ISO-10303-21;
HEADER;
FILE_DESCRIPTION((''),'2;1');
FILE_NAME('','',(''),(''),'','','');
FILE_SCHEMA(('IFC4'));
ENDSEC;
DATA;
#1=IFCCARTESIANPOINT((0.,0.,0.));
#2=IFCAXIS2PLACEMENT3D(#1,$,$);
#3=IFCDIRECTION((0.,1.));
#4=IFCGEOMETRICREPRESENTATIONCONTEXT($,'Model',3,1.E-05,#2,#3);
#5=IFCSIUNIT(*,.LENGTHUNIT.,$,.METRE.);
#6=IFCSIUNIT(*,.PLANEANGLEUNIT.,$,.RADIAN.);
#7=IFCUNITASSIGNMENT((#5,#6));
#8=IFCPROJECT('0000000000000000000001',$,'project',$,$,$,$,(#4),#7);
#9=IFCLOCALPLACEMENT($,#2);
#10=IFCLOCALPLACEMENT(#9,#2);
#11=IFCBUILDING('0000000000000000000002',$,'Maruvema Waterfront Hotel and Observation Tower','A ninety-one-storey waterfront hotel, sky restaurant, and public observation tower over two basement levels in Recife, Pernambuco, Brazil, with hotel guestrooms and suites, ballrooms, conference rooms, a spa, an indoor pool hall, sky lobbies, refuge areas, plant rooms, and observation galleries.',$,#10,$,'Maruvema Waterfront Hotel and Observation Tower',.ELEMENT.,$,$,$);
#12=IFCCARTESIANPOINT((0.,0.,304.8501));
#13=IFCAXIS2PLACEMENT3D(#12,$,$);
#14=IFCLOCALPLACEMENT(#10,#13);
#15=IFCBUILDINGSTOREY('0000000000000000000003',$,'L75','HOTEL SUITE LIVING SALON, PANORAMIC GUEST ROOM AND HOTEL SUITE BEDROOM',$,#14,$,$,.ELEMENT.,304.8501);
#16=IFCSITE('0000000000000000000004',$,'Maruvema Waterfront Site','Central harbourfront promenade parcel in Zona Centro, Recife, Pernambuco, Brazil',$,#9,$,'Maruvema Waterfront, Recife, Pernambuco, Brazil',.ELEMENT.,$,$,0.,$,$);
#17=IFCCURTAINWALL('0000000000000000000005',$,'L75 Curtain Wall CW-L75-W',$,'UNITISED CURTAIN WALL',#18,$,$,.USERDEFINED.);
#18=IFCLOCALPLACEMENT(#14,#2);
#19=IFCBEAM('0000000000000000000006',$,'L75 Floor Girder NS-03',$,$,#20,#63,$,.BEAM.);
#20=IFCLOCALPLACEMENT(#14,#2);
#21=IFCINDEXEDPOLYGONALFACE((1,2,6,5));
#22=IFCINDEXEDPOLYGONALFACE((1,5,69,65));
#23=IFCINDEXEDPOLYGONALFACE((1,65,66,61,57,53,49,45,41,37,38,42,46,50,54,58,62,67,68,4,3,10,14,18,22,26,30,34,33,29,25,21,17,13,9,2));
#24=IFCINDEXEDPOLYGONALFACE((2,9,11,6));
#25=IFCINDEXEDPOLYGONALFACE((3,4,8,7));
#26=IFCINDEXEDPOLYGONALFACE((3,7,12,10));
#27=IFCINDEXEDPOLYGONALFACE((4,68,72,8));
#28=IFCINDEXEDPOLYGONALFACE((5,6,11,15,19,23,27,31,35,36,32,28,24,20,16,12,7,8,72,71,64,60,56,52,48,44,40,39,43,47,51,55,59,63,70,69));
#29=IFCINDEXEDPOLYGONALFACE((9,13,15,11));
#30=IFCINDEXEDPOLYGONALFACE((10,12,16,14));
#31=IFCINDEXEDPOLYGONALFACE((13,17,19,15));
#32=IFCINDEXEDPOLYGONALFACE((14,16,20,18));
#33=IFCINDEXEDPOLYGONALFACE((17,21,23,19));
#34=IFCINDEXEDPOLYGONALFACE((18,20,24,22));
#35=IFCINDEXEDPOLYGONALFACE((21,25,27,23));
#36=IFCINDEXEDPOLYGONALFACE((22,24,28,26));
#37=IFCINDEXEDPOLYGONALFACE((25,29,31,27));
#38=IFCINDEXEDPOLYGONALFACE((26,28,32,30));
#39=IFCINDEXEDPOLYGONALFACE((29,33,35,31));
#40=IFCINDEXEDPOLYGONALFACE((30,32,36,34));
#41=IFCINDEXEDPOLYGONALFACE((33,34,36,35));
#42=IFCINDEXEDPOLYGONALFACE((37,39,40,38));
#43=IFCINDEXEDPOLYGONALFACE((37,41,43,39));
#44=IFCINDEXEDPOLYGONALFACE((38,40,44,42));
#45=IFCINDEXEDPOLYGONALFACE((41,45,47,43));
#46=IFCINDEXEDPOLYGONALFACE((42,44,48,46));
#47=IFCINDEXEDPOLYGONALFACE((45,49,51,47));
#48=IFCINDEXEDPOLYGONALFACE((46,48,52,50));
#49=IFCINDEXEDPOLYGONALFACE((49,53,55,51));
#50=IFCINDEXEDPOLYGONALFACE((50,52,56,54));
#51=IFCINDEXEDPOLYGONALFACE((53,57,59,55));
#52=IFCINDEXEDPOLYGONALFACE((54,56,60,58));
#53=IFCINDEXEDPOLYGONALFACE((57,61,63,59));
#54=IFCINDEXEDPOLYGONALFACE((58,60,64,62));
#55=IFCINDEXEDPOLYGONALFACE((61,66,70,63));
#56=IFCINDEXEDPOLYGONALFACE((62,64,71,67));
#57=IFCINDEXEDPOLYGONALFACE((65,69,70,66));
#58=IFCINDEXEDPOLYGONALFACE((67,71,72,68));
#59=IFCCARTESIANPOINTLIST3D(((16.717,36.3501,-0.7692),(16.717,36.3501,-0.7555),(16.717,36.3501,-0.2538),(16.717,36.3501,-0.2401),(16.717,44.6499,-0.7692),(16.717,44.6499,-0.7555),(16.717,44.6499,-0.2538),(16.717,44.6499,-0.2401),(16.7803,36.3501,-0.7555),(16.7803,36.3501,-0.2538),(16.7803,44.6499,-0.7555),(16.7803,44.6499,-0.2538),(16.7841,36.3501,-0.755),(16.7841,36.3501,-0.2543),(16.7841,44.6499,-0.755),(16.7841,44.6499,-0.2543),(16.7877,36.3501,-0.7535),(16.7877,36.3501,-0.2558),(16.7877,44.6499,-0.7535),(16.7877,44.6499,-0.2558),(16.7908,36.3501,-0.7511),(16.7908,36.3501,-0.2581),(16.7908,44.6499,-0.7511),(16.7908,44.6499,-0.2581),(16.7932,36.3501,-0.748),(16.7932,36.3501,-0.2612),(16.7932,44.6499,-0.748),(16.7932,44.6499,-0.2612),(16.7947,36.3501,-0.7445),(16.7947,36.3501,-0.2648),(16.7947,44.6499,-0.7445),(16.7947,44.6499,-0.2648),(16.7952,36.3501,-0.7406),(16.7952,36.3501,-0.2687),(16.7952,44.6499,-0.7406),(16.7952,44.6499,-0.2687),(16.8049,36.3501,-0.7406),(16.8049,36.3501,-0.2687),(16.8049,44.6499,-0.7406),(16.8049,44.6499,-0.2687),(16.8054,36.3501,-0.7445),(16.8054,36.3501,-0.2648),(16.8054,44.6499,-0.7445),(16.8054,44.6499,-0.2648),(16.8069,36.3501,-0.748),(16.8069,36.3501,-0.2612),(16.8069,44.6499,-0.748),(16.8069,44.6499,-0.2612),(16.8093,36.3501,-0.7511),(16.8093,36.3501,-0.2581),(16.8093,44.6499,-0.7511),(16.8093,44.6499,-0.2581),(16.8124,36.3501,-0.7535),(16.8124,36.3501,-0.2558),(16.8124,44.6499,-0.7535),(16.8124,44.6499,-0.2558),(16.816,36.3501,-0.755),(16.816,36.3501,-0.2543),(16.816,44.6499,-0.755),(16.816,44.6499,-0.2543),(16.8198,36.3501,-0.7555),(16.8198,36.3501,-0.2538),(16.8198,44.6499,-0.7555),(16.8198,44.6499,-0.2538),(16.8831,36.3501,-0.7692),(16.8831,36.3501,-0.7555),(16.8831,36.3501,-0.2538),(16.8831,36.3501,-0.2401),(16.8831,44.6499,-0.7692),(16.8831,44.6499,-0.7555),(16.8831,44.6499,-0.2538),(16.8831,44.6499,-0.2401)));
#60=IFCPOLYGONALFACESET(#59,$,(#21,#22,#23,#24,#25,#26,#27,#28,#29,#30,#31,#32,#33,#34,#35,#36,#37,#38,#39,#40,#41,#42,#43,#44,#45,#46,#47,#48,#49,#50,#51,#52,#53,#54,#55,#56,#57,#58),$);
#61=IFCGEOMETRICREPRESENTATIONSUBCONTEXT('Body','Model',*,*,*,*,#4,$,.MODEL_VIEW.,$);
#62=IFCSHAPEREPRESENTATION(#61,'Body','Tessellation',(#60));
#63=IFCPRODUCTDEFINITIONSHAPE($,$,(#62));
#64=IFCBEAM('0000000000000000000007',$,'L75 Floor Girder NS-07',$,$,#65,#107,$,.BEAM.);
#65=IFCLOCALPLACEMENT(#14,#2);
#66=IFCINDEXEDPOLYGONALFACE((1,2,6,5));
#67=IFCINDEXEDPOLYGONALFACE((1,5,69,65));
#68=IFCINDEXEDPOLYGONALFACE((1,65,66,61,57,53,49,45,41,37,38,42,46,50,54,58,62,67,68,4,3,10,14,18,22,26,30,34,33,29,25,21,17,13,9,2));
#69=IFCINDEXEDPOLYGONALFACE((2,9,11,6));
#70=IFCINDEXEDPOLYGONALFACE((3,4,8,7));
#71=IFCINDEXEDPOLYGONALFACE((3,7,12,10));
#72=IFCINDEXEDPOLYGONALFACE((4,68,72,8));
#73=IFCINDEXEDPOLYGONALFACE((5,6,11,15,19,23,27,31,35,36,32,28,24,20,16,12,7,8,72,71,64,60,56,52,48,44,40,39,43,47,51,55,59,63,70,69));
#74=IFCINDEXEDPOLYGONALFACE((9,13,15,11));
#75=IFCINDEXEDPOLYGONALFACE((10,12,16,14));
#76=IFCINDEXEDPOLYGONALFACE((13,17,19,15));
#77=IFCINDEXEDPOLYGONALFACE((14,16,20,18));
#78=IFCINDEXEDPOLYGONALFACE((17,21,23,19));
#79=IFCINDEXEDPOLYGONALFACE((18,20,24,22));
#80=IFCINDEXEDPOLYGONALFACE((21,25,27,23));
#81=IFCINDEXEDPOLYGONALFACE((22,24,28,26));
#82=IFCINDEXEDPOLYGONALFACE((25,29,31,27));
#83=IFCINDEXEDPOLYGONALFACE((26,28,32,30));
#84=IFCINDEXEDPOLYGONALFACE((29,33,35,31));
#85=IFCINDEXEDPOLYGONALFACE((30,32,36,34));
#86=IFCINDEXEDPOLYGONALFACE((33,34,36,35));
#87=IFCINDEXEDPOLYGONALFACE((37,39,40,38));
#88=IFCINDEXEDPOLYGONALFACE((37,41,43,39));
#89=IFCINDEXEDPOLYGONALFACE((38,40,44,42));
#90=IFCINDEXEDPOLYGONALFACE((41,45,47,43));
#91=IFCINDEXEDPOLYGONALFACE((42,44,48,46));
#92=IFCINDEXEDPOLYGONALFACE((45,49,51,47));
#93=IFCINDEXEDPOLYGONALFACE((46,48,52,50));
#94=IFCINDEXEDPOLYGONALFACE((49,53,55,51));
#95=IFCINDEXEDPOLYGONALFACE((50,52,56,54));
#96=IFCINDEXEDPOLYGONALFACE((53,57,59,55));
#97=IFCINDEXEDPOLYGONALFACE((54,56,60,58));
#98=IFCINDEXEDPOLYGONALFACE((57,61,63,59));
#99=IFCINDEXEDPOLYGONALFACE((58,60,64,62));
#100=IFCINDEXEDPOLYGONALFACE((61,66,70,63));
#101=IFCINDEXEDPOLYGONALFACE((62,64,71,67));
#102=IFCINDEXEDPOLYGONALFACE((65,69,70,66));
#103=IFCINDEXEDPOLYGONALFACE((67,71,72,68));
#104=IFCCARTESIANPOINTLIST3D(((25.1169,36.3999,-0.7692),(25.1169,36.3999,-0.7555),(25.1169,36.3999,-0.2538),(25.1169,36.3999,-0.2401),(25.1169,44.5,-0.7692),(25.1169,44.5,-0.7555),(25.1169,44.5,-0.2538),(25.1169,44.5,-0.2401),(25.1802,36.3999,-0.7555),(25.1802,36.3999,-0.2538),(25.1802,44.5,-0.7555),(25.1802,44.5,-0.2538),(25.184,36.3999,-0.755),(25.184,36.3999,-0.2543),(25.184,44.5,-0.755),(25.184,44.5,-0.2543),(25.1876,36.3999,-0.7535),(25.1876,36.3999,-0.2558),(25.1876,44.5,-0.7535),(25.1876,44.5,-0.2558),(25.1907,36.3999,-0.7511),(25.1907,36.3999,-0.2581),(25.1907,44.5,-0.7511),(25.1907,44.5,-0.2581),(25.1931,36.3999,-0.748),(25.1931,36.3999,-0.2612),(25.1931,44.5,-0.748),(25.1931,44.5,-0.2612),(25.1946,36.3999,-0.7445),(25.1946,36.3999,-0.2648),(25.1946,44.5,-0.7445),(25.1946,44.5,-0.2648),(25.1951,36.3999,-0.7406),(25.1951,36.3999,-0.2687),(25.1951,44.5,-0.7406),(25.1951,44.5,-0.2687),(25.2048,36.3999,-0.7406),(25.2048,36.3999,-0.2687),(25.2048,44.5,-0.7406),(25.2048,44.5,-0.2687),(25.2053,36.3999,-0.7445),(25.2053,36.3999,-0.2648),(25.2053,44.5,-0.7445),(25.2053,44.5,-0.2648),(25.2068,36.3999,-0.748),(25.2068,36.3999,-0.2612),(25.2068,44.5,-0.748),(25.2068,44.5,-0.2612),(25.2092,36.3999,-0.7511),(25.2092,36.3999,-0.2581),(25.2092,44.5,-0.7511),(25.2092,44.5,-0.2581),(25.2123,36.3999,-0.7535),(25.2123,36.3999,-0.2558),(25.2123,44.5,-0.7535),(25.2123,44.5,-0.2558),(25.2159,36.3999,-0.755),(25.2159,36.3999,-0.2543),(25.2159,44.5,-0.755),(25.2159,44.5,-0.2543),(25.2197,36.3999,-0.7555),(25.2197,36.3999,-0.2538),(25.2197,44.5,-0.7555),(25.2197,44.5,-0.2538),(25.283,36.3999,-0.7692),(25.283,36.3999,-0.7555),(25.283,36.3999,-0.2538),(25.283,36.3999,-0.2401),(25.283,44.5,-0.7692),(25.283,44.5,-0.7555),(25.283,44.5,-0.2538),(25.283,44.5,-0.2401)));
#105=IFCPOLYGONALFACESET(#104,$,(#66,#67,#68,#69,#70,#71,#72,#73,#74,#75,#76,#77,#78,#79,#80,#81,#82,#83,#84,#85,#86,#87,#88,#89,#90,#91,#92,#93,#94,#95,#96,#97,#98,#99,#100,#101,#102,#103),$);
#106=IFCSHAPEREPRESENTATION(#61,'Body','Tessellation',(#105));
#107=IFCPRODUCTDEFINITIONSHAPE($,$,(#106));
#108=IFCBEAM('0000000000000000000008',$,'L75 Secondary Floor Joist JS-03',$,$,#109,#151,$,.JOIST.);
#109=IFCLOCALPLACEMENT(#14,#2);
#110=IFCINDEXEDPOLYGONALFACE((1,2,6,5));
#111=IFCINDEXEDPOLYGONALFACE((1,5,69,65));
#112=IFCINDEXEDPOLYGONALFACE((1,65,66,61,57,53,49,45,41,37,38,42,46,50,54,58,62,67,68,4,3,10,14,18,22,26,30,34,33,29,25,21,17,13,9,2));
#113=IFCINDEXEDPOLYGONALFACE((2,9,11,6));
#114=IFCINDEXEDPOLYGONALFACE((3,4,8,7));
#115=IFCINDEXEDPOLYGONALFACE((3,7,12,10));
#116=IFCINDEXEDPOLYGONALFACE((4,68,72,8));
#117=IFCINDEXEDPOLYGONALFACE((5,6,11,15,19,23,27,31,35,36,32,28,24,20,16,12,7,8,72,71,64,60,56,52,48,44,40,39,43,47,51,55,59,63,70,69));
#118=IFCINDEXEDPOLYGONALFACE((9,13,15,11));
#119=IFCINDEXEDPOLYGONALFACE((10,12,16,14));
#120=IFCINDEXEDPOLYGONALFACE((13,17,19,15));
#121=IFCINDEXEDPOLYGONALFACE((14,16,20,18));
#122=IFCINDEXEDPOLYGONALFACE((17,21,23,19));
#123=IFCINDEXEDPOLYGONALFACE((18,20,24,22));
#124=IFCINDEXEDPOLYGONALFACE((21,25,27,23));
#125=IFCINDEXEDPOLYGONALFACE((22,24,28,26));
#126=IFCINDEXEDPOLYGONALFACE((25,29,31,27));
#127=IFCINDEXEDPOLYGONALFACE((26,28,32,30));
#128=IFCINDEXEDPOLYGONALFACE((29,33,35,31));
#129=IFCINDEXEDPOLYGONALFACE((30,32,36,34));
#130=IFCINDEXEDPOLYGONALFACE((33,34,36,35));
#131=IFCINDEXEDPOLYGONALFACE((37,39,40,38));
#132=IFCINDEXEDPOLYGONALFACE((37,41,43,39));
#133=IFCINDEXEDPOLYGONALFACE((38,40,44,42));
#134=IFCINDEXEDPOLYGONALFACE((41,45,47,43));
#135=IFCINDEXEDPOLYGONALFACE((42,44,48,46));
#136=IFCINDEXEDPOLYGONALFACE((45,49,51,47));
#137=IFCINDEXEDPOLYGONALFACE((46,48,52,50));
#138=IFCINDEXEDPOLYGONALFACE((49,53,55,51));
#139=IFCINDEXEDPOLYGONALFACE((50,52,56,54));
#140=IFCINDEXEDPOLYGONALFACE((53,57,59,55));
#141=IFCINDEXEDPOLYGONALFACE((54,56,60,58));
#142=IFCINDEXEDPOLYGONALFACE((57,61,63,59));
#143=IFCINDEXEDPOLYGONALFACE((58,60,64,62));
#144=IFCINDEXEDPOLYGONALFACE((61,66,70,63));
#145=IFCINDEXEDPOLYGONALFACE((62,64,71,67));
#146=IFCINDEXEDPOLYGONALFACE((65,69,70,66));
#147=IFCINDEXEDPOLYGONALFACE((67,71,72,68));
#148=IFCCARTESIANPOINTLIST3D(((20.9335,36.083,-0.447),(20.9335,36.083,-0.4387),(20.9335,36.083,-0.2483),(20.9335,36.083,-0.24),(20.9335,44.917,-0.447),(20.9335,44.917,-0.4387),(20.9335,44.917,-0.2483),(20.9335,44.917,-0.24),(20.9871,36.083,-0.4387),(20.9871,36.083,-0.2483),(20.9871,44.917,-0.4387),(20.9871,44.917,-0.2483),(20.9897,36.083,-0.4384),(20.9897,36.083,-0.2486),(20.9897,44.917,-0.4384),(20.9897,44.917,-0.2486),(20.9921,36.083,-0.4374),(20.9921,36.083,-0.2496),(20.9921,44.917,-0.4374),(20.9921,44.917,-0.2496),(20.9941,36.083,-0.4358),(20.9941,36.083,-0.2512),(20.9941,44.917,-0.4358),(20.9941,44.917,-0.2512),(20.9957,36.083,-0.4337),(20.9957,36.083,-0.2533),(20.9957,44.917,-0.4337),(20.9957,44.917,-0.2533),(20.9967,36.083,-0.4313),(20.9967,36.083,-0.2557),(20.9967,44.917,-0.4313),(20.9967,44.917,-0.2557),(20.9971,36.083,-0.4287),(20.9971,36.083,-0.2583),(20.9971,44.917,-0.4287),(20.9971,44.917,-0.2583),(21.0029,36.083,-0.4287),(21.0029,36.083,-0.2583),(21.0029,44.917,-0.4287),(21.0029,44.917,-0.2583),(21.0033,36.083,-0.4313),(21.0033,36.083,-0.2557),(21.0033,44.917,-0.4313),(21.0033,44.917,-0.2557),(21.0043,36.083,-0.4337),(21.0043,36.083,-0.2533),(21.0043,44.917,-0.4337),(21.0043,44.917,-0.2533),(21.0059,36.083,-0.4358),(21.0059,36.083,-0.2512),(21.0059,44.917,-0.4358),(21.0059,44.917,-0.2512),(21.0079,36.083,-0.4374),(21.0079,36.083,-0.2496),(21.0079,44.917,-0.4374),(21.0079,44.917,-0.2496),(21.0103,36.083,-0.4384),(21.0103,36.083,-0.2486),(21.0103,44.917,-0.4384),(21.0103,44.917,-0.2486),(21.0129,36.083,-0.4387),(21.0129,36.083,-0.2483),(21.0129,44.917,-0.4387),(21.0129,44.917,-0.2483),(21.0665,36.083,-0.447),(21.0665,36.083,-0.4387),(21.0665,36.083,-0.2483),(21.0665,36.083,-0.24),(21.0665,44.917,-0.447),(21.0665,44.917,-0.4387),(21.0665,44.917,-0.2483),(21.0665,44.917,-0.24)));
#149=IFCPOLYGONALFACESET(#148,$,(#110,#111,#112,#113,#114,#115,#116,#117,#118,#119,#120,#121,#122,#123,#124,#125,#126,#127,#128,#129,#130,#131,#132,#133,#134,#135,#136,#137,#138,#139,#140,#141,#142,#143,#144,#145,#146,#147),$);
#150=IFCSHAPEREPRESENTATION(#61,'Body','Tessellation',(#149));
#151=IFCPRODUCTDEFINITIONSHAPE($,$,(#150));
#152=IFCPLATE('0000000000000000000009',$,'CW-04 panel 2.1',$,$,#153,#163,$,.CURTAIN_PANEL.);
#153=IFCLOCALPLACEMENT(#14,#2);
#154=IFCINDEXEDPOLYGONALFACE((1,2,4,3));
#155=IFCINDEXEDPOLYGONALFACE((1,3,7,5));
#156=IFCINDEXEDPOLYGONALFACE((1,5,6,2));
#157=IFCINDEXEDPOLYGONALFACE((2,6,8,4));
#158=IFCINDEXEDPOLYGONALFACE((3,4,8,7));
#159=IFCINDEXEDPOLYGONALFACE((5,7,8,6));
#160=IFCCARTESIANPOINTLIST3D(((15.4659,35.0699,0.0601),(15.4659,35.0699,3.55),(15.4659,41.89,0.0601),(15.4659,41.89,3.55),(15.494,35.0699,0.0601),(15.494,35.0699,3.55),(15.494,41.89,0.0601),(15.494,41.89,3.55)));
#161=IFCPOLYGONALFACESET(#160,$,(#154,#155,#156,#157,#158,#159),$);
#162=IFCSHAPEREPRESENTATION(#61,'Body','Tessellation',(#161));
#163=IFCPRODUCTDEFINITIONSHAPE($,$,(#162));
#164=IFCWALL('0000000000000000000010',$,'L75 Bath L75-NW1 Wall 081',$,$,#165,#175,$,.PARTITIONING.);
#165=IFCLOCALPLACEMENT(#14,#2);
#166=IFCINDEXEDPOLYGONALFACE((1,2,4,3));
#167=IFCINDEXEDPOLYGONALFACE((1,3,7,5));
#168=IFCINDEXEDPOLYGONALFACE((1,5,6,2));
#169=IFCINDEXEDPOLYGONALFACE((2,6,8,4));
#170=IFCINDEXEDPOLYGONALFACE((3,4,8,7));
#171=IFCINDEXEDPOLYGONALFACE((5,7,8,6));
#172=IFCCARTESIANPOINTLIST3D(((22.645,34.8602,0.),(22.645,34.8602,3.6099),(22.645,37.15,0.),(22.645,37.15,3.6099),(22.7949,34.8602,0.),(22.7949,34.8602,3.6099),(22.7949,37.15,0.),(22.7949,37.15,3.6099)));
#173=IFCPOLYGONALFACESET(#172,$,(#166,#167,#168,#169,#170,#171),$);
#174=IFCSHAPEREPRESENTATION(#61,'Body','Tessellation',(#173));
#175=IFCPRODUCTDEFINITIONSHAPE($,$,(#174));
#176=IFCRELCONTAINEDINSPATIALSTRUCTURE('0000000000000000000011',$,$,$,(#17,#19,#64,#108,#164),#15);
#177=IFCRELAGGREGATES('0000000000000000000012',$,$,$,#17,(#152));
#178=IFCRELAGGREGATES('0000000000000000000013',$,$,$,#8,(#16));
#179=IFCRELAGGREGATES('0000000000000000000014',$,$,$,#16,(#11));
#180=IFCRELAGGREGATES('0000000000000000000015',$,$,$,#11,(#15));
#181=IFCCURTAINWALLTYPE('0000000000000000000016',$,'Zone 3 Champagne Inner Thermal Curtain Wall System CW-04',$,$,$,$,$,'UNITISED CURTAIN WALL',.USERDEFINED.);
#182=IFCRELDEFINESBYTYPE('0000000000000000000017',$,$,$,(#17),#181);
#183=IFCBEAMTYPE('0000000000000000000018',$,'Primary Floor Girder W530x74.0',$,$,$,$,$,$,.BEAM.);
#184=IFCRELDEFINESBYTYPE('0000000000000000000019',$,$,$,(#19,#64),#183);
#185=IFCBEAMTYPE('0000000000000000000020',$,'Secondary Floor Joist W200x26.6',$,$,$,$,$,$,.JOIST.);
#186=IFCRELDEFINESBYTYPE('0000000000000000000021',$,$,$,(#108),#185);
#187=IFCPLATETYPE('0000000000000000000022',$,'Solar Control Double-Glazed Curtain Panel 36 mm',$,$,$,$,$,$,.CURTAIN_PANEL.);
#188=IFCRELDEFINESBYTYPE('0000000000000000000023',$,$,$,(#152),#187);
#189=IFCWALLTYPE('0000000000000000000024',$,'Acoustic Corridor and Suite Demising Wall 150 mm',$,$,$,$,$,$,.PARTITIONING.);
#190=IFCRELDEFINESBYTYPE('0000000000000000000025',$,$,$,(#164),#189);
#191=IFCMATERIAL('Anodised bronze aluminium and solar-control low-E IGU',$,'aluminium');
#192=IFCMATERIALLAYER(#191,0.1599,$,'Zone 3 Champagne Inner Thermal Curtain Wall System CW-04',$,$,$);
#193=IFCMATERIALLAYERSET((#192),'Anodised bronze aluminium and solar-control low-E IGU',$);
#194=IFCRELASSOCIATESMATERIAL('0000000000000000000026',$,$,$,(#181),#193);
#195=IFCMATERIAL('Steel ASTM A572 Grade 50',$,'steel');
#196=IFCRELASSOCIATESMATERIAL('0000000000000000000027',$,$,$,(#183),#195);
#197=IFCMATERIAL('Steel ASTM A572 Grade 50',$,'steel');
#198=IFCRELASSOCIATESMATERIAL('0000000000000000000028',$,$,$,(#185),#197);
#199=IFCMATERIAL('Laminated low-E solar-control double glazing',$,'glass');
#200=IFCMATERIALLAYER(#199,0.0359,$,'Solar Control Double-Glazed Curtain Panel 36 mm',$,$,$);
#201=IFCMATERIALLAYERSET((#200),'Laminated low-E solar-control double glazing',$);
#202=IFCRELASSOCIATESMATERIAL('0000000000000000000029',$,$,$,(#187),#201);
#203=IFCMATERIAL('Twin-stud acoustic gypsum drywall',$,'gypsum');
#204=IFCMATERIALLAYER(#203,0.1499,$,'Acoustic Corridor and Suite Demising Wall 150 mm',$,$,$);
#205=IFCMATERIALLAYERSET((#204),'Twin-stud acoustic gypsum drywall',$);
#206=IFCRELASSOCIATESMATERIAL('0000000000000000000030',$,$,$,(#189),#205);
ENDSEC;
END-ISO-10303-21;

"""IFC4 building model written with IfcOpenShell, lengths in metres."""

from ifc_helpers import new_model, si_unit, direction, frame, frame_2d, origin, origin_2d, place, context, subcontext, project, spatial, rectangle, i_section, extrude, material, layer, layer_set, material_profile, profile_set, type_object, element, aggregate, save


model = new_model("IFC4")

# Units and contexts
model_context = context("Model", 3, precision=1e-05, world=origin(), true_north=direction((0.0, 1.0)))
body_context = subcontext(model_context, "Body", "Model", "MODEL_VIEW")
ifc_project = project(units=[si_unit("LENGTHUNIT", "METRE"), si_unit("PLANEANGLEUNIT", "RADIAN")], contexts=[model_context])

# Site, building, storey
site_placement = place(None, origin())
site = spatial("IfcSite", under=ifc_project, at=site_placement, Name="Maruvema Waterfront Site", Description="Central harbourfront promenade parcel in Zona Centro, Recife, Pernambuco, Brazil", LongName="Maruvema Waterfront, Recife, Pernambuco, Brazil", CompositionType="ELEMENT", RefElevation=0.0)
building_placement = place(site_placement, origin())
building = spatial("IfcBuilding", under=site, at=building_placement, Name="Maruvema Waterfront Hotel and Observation Tower", Description="A ninety-one-storey waterfront hotel, sky restaurant, and public observation tower over two basement levels in Recife, Pernambuco, Brazil, with hotel guestrooms and suites, ballrooms, conference rooms, a spa, an indoor pool hall, sky lobbies, refuge areas, plant rooms, and observation galleries.", LongName="Maruvema Waterfront Hotel and Observation Tower", CompositionType="ELEMENT")
storey_placement = place(building_placement, frame((0.0, 0.0, 304.8501)))
storey = spatial("IfcBuildingStorey", under=building, at=storey_placement, Name="L75", Description="HOTEL SUITE LIVING SALON, PANORAMIC GUEST ROOM AND HOTEL SUITE BEDROOM", CompositionType="ELEMENT", Elevation=304.8501)

# Curtain wall
ifc_material_1 = material(Name="Anodised bronze aluminium and solar-control low-E IGU", Category="aluminium")
ifc_layer_1 = layer(ifc_material_1, 0.1599, Name="Zone 3 Champagne Inner Thermal Curtain Wall System CW-04")
ifc_layer_set_1 = layer_set([ifc_layer_1], Name="Anodised bronze aluminium and solar-control low-E IGU")
curtain_wall_type = type_object("IfcCurtainWallType", Name="Zone 3 Champagne Inner Thermal Curtain Wall System CW-04", ElementType="UNITISED CURTAIN WALL", PredefinedType="USERDEFINED", material=ifc_layer_set_1)
curtain_wall_placement = place(storey_placement, origin())
curtain_wall = element("IfcCurtainWall", 1, at=curtain_wall_placement, inside=storey, type_object=curtain_wall_type, Name="L75 Curtain Wall CW-L75-W", ObjectType="UNITISED CURTAIN WALL", PredefinedType="USERDEFINED")

# Beams
ifc_material_2 = material(Name="Steel ASTM A572 Grade 50", Category="steel")
ifc_material_profile_1 = material_profile(ifc_material_2, i_section(OverallWidth=0.166, OverallDepth=0.5291, WebThickness=0.0098, FlangeThickness=0.0137, FilletRadius=0.0149, at=origin_2d()), Name="W530x74.0")
ifc_profile_set_1 = profile_set([ifc_material_profile_1], Name="Steel ASTM A572 Grade 50")
beam_type_1 = type_object("IfcBeamType", Name="Primary Floor Girder W530x74.0", PredefinedType="BEAM", material=ifc_profile_set_1)
beam_1_placement = place(storey_placement, frame((16.8, 36.3501, -0.5046), z_axis=(0.0, 1.0, 0.0), x_axis=(-1.0, 0.0, 0.0)))
element("IfcBeam", 2, at=beam_1_placement, inside=storey, type_object=beam_type_1, Name="L75 Floor Girder NS-03", PredefinedType="BEAM", context=body_context, shape_type="SweptSolid", body=[
    extrude(i_section(OverallWidth=0.166, OverallDepth=0.5291, WebThickness=0.0098, FlangeThickness=0.0137, FilletRadius=0.0149, at=origin_2d()), origin(), (0.0, 0.0, 1.0), 8.2998),
])
beam_2_placement = place(storey_placement, frame((25.2, 36.3999, -0.5046), z_axis=(0.0, 1.0, 0.0), x_axis=(-1.0, 0.0, 0.0)))
element("IfcBeam", 3, at=beam_2_placement, inside=storey, type_object=beam_type_1, Name="L75 Floor Girder NS-07", PredefinedType="BEAM", context=body_context, shape_type="SweptSolid", body=[
    extrude(i_section(OverallWidth=0.166, OverallDepth=0.5291, WebThickness=0.0098, FlangeThickness=0.0137, FilletRadius=0.0149, at=origin_2d()), origin(), (0.0, 0.0, 1.0), 8.1001),
])
ifc_material_3 = material(Name="Steel ASTM A572 Grade 50", Category="steel")
ifc_material_profile_2 = material_profile(ifc_material_3, i_section(OverallWidth=0.1331, OverallDepth=0.207, WebThickness=0.0059, FlangeThickness=0.0083, FilletRadius=0.01, at=origin_2d()), Name="W200x26.6")
ifc_profile_set_2 = profile_set([ifc_material_profile_2], Name="Steel ASTM A572 Grade 50")
beam_type_2 = type_object("IfcBeamType", Name="Secondary Floor Joist W200x26.6", PredefinedType="JOIST", material=ifc_profile_set_2)
beam_3_placement = place(storey_placement, frame((21.0, 36.083, -0.3435), z_axis=(0.0, 1.0, 0.0), x_axis=(-1.0, 0.0, 0.0)))
element("IfcBeam", 4, at=beam_3_placement, inside=storey, type_object=beam_type_2, Name="L75 Secondary Floor Joist JS-03", PredefinedType="JOIST", context=body_context, shape_type="SweptSolid", body=[
    extrude(i_section(OverallWidth=0.1331, OverallDepth=0.207, WebThickness=0.0059, FlangeThickness=0.0083, FilletRadius=0.01, at=origin_2d()), origin(), (0.0, 0.0, 1.0), 8.834),
])

# Plate
ifc_material_4 = material(Name="Laminated low-E solar-control double glazing", Category="glass")
ifc_layer_2 = layer(ifc_material_4, 0.0359, Name="Solar Control Double-Glazed Curtain Panel 36 mm")
ifc_layer_set_2 = layer_set([ifc_layer_2], Name="Laminated low-E solar-control double glazing")
plate_type = type_object("IfcPlateType", Name="Solar Control Double-Glazed Curtain Panel 36 mm", PredefinedType="CURTAIN_PANEL", material=ifc_layer_set_2)
plate_placement = place(storey_placement, frame((15.48, 38.48, 0.0601), z_axis=(0.0, 0.0, 1.0), x_axis=(0.0, -1.0, 0.0)))
plate = element("IfcPlate", 5, at=plate_placement, type_object=plate_type, Name="CW-04 panel 2.1", PredefinedType="CURTAIN_PANEL", context=body_context, shape_type="SweptSolid", body=[
    extrude(rectangle(XDim=6.8201, YDim=0.0281, at=origin_2d()), origin(), (0.0, 0.0, 1.0), 3.49),
])
aggregate(curtain_wall, [plate])

# Wall
ifc_material_5 = material(Name="Twin-stud acoustic gypsum drywall", Category="gypsum")
ifc_layer_3 = layer(ifc_material_5, 0.1499, Name="Acoustic Corridor and Suite Demising Wall 150 mm")
ifc_layer_set_3 = layer_set([ifc_layer_3], Name="Twin-stud acoustic gypsum drywall")
wall_type_1 = type_object("IfcWallType", Name="Acoustic Corridor and Suite Demising Wall 150 mm", PredefinedType="PARTITIONING", material=ifc_layer_set_3)
wall_1_placement = place(storey_placement, frame((22.72, 34.8601, 0.0), z_axis=(0.0, 0.0, 1.0), x_axis=(0.0, 1.0, 0.0)))
element("IfcWall", 6, at=wall_1_placement, inside=storey, type_object=wall_type_1, Name="L75 Bath L75-NW1 Wall 081", PredefinedType="PARTITIONING", context=body_context, shape_type="SweptSolid", body=[
    extrude(rectangle(XDim=2.2898, YDim=0.1499, at=frame_2d((1.145, 0.0))), origin(), (0.0, 0.0, 1.0), 3.6099),
])

save(model, "model.ifc")
